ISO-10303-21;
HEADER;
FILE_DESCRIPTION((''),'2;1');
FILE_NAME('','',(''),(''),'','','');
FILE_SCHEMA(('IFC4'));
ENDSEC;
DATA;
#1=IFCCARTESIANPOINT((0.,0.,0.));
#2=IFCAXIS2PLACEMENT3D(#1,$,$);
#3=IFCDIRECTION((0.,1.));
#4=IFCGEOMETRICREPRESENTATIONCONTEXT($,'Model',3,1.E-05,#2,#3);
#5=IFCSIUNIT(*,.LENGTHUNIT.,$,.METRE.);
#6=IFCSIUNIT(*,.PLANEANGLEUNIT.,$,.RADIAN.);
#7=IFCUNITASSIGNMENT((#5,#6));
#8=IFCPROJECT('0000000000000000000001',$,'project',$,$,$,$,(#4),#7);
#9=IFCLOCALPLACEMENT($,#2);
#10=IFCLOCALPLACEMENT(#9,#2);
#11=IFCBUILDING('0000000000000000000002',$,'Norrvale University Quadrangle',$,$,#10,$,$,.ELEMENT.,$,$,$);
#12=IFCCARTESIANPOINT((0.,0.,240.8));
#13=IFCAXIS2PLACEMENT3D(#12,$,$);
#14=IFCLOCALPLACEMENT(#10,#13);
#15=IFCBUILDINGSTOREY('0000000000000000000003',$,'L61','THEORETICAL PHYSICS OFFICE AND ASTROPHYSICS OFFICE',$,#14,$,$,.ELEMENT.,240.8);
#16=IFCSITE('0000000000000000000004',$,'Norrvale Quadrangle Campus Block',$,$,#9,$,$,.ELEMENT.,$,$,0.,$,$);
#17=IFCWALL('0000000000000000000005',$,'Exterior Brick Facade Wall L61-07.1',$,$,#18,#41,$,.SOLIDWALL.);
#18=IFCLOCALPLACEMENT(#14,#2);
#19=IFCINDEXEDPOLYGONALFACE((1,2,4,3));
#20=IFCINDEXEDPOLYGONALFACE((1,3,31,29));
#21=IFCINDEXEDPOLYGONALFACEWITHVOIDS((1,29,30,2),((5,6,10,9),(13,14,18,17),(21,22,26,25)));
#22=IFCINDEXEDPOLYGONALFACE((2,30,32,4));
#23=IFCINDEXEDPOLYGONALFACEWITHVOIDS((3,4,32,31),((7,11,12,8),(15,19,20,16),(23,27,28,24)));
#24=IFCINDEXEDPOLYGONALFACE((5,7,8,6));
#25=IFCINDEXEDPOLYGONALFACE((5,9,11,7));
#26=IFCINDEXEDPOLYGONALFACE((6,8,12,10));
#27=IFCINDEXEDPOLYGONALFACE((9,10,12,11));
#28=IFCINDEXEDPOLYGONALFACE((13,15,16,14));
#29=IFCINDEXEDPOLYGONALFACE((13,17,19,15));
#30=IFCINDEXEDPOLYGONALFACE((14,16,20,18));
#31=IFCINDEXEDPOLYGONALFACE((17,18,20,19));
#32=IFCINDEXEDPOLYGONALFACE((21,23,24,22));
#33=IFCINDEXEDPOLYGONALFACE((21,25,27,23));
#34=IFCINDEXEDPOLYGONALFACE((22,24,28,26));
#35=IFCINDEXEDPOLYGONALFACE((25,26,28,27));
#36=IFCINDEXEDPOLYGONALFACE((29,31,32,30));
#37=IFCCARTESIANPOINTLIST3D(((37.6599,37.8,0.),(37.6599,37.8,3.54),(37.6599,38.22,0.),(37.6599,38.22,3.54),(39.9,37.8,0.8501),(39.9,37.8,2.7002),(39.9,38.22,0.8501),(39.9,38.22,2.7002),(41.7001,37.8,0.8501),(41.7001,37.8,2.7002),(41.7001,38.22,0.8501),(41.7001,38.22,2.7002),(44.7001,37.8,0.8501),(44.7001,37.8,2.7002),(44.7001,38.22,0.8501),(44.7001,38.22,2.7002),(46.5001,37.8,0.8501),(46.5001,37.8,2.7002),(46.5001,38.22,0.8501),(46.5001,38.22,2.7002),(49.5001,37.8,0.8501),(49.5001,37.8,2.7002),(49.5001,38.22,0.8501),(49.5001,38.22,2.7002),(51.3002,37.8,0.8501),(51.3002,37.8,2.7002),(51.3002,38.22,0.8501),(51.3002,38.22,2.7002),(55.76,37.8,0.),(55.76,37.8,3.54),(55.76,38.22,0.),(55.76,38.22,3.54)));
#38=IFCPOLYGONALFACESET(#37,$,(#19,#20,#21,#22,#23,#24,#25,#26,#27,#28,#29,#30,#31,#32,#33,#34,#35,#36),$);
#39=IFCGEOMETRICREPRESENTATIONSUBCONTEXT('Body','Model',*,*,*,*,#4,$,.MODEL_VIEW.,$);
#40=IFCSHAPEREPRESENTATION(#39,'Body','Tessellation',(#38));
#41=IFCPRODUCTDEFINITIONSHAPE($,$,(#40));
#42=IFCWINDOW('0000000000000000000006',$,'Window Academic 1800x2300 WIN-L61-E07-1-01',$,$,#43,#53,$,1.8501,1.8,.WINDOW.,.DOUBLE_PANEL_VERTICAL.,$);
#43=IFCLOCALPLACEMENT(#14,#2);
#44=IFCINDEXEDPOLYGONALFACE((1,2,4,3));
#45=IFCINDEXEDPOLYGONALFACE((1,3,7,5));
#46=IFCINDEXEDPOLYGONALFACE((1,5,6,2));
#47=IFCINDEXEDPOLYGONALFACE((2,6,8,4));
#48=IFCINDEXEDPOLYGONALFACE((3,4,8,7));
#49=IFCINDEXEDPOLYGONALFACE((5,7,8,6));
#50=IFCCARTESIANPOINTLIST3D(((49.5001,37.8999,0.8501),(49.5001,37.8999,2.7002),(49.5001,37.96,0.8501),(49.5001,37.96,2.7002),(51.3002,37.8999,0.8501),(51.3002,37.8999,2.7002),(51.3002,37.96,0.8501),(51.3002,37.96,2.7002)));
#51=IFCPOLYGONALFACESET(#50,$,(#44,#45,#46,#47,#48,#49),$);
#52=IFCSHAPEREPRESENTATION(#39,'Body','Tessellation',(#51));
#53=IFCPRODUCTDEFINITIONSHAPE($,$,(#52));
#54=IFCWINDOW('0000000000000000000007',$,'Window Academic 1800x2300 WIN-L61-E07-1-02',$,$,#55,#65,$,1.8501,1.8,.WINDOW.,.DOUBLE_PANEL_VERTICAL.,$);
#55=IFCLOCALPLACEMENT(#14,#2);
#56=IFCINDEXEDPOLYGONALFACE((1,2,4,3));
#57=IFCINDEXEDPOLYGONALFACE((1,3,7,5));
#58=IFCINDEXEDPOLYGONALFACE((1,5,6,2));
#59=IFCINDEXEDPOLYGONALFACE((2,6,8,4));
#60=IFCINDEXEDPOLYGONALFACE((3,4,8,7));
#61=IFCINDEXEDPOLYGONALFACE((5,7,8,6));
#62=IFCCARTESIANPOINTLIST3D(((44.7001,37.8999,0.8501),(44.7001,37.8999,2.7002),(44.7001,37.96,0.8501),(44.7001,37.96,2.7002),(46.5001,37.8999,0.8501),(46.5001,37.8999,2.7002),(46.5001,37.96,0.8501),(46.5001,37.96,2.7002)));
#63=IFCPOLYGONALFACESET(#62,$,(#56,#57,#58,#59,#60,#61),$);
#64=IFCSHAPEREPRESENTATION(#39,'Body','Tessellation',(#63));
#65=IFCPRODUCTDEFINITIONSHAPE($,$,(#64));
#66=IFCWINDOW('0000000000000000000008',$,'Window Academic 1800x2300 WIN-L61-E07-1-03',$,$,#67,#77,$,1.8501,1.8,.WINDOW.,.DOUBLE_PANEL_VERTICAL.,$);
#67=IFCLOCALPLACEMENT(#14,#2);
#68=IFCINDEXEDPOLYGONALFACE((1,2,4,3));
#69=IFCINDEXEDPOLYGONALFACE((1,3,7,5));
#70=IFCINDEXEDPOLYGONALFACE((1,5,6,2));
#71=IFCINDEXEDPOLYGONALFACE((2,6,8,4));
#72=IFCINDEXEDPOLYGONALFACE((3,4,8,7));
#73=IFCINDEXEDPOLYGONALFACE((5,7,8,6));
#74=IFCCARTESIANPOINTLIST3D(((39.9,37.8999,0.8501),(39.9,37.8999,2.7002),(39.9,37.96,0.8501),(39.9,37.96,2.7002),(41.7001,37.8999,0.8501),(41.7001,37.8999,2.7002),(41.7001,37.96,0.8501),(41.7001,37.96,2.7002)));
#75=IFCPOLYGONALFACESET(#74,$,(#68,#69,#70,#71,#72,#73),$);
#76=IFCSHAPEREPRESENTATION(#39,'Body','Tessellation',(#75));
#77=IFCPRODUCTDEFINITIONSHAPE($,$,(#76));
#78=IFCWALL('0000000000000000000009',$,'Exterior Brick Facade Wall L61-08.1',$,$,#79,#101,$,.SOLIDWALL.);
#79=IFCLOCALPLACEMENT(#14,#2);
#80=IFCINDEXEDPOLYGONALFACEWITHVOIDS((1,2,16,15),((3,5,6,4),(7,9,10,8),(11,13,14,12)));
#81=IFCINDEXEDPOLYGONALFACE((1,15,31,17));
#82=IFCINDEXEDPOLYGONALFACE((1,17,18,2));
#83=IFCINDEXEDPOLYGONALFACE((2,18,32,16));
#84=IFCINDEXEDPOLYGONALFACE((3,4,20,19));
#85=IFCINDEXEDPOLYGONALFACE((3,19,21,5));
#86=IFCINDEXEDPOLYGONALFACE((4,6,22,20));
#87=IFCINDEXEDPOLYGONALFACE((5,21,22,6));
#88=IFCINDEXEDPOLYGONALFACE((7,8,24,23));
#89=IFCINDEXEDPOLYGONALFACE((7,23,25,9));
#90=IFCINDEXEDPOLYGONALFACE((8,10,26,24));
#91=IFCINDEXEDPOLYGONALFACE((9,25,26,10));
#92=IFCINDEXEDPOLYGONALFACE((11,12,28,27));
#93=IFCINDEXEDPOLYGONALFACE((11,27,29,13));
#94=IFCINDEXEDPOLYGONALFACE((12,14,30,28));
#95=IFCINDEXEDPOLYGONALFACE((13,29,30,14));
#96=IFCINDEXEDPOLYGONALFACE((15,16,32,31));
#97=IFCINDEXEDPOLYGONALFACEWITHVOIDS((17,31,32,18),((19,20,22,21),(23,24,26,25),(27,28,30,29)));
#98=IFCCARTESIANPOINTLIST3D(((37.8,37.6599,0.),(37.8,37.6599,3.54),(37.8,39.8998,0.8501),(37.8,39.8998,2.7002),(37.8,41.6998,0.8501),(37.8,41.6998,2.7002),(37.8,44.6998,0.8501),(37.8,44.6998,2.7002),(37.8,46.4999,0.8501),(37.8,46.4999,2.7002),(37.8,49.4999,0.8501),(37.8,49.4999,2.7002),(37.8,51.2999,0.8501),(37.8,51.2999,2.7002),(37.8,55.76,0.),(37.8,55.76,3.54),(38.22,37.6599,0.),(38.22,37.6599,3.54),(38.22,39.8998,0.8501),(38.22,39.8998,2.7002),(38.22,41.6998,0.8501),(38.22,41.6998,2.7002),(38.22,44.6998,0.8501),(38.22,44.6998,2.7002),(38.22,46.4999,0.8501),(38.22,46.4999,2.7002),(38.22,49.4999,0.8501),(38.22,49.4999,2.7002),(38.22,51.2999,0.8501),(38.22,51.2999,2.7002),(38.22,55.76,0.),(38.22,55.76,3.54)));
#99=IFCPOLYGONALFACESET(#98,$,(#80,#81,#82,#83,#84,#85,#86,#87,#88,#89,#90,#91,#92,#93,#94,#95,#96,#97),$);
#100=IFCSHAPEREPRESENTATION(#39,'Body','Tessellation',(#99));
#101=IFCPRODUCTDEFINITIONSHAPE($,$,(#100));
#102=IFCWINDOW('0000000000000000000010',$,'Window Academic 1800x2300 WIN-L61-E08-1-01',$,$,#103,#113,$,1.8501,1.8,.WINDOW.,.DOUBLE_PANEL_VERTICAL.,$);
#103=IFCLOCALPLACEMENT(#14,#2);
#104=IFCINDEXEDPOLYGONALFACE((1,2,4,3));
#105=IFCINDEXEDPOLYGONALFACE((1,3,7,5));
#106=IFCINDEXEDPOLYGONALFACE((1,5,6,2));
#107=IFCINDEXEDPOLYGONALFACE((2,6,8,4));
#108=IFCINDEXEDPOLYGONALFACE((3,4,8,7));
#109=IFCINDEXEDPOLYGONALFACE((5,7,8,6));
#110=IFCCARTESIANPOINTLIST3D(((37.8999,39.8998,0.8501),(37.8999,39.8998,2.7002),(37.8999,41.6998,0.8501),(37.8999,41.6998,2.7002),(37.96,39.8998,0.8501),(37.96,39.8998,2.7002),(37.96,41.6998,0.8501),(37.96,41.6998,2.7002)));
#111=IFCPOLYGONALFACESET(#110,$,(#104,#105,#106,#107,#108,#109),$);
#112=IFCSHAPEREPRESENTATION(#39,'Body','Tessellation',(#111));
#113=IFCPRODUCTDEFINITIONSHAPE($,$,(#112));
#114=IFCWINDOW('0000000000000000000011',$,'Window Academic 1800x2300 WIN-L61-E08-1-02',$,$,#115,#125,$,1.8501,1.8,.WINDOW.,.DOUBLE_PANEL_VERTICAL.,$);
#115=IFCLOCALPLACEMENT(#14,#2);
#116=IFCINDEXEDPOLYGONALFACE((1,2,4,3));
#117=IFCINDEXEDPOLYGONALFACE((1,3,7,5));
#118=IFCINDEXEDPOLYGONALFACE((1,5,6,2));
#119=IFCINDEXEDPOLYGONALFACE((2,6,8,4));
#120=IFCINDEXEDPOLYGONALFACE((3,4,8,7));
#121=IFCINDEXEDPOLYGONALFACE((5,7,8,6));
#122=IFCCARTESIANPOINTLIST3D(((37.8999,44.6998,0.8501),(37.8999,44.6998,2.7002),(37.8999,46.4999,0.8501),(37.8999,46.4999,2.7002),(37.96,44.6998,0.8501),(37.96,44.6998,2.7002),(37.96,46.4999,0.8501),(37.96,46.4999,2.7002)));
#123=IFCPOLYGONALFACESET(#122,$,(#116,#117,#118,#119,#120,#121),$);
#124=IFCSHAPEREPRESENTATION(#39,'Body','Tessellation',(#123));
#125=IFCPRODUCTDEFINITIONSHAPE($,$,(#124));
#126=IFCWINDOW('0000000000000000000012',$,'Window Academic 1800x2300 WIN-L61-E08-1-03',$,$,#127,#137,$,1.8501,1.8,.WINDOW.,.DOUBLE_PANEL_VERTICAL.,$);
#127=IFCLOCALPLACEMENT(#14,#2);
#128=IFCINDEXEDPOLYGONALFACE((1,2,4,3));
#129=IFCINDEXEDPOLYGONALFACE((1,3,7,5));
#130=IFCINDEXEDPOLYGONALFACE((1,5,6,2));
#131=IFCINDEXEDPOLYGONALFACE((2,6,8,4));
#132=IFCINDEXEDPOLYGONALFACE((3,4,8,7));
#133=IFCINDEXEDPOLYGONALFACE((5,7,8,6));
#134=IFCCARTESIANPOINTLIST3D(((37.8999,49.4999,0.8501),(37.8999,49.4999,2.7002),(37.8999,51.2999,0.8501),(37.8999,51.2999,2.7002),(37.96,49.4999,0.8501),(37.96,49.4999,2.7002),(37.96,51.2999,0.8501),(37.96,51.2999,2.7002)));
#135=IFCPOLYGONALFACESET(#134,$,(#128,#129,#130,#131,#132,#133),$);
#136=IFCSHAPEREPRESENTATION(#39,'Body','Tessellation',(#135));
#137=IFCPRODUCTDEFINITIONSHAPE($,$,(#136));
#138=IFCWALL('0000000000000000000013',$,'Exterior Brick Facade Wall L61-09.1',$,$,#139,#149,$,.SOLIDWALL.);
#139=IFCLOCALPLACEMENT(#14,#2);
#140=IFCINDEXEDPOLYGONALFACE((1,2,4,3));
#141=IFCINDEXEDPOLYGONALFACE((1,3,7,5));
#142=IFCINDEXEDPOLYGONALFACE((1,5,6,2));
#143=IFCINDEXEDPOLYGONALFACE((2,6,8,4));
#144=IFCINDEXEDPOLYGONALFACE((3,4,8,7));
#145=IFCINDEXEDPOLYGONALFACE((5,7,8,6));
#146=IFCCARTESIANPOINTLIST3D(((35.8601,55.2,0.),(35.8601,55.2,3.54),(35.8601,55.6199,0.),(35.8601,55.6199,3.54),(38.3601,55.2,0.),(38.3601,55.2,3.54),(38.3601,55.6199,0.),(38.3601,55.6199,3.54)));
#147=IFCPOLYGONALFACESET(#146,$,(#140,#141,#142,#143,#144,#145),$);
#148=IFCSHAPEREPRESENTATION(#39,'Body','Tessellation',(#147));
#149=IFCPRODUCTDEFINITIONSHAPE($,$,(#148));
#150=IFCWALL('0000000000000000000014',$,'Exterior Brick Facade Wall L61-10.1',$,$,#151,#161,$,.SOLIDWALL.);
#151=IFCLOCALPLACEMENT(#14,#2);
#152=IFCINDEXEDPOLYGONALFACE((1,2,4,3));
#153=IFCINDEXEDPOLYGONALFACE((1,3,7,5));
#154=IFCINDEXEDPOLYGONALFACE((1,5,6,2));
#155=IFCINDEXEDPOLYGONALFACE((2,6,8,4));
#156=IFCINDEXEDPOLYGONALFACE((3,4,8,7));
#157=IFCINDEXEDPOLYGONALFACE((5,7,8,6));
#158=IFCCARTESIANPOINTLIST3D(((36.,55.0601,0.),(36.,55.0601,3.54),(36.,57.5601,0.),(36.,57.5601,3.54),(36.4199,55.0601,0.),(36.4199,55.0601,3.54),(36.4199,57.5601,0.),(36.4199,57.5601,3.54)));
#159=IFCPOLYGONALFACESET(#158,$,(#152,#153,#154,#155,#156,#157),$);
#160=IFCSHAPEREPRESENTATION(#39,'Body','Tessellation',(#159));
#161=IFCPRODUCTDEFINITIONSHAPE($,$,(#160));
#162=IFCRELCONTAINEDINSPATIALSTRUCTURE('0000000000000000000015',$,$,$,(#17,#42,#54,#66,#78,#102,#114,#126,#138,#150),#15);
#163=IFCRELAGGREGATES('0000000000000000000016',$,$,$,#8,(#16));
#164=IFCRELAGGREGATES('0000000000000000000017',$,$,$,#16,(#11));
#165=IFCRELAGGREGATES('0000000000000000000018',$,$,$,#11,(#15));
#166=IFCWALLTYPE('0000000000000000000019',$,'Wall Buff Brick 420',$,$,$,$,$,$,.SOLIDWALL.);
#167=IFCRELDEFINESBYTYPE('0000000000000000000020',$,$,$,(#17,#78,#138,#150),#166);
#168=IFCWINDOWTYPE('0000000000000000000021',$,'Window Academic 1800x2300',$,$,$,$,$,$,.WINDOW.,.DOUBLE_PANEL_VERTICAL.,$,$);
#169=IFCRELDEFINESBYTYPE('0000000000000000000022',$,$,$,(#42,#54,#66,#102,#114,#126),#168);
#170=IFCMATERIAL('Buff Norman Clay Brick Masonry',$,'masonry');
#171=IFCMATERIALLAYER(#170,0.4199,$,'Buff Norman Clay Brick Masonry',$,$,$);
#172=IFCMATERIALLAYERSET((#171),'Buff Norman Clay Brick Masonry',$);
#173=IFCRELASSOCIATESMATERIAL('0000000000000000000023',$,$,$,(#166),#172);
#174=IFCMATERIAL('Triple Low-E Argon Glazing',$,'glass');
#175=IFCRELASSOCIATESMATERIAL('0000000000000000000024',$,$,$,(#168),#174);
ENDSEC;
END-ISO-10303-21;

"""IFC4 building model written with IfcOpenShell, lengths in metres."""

from ifc_helpers import new_model, si_unit, direction, frame, frame_2d, origin, place, context, subcontext, project, spatial, rectangle, extrude, material, layer, layer_set, type_object, element, fill, save


model = new_model("IFC4")

# Units and contexts
model_context = context("Model", 3, precision=1e-05, world=origin(), true_north=direction((0.0, 1.0)))
body_context = subcontext(model_context, "Body", "Model", "MODEL_VIEW")
ifc_project = project(units=[si_unit("LENGTHUNIT", "METRE"), si_unit("PLANEANGLEUNIT", "RADIAN")], contexts=[model_context])

# Site, building, storey
site_placement = place(None, origin())
site = spatial("IfcSite", under=ifc_project, at=site_placement, Name="Norrvale Quadrangle Campus Block", CompositionType="ELEMENT", RefElevation=0.0)
building_placement = place(site_placement, origin())
building = spatial("IfcBuilding", under=site, at=building_placement, Name="Norrvale University Quadrangle", CompositionType="ELEMENT")
storey_placement = place(building_placement, frame((0.0, 0.0, 240.8)))
storey = spatial("IfcBuildingStorey", under=building, at=storey_placement, Name="L61", Description="THEORETICAL PHYSICS OFFICE AND ASTROPHYSICS OFFICE", CompositionType="ELEMENT", Elevation=240.8)

# Shared definitions
ifc_material_1 = material(Name="Buff Norman Clay Brick Masonry", Category="masonry")
ifc_layer = layer(ifc_material_1, 0.4199, Name="Buff Norman Clay Brick Masonry")
ifc_layer_set = layer_set([ifc_layer], Name="Buff Norman Clay Brick Masonry")
wall_type = type_object("IfcWallType", Name="Wall Buff Brick 420", PredefinedType="SOLIDWALL", material=ifc_layer_set)

# Walls, openings, windows
wall_1_placement = place(storey_placement, frame((55.76, 38.01, 0.0), z_axis=(0.0, 0.0, 1.0), x_axis=(-1.0, 0.0, 0.0)))
wall_1 = element("IfcWall", 1, at=wall_1_placement, inside=storey, type_object=wall_type, Name="Exterior Brick Facade Wall L61-07.1", PredefinedType="SOLIDWALL", context=body_context, shape_type="SweptSolid", body=[
    extrude(rectangle(XDim=18.1001, YDim=0.4199, at=frame_2d((9.05, 0.0))), origin(), (0.0, 0.0, 1.0), 3.54),
])
opening_1_placement = place(wall_1_placement, frame((4.46, 0.0, 0.8501)))
opening_1 = element("IfcOpeningElement", 2, at=opening_1_placement, cuts=wall_1, PredefinedType="OPENING", context=body_context, shape_type="SweptSolid", body=[
    extrude(rectangle(XDim=1.8, YDim=1.8501, at=frame_2d((0.8999, 0.925))), frame((0.0, 0.2219, 0.0), z_axis=(0.0, -1.0, 0.0), x_axis=(1.0, 0.0, 0.0)), (0.0, 0.0, 1.0), 0.4438),
])
opening_2_placement = place(wall_1_placement, frame((9.26, 0.0, 0.8501)))
opening_2 = element("IfcOpeningElement", 3, at=opening_2_placement, cuts=wall_1, PredefinedType="OPENING", context=body_context, shape_type="SweptSolid", body=[
    extrude(rectangle(XDim=1.8, YDim=1.8501, at=frame_2d((0.8999, 0.925))), frame((0.0, 0.2219, 0.0), z_axis=(0.0, -1.0, 0.0), x_axis=(1.0, 0.0, 0.0)), (0.0, 0.0, 1.0), 0.4438),
])
opening_3_placement = place(wall_1_placement, frame((14.0601, 0.0, 0.8501)))
opening_3 = element("IfcOpeningElement", 4, at=opening_3_placement, cuts=wall_1, PredefinedType="OPENING", context=body_context, shape_type="SweptSolid", body=[
    extrude(rectangle(XDim=1.8, YDim=1.8501, at=frame_2d((0.8999, 0.925))), frame((0.0, 0.2219, 0.0), z_axis=(0.0, -1.0, 0.0), x_axis=(1.0, 0.0, 0.0)), (0.0, 0.0, 1.0), 0.4438),
])
ifc_material_2 = material(Name="Triple Low-E Argon Glazing", Category="glass")
window_type_1 = type_object("IfcWindowType", Name="Window Academic 1800x2300", PartitioningType="DOUBLE_PANEL_VERTICAL", PredefinedType="WINDOW", material=ifc_material_2)
window_1_placement = place(opening_1_placement, origin())
window_1 = element("IfcWindow", 5, at=window_1_placement, inside=storey, type_object=window_type_1, Name="Window Academic 1800x2300 WIN-L61-E07-1-01", OverallHeight=1.8501, OverallWidth=1.8, PartitioningType="DOUBLE_PANEL_VERTICAL", PredefinedType="WINDOW", context=body_context, shape_type="SweptSolid", body=[
    extrude(rectangle(XDim=1.8, YDim=1.8501, at=frame_2d((0.8999, 0.925))), frame((0.0, 0.1101, 0.0), z_axis=(0.0, -1.0, 0.0), x_axis=(1.0, 0.0, 0.0)), (0.0, 0.0, 1.0), 0.0601),
])
fill(opening_1, window_1)
window_2_placement = place(opening_2_placement, origin())
window_2 = element("IfcWindow", 6, at=window_2_placement, inside=storey, type_object=window_type_1, Name="Window Academic 1800x2300 WIN-L61-E07-1-02", OverallHeight=1.8501, OverallWidth=1.8, PartitioningType="DOUBLE_PANEL_VERTICAL", PredefinedType="WINDOW", context=body_context, shape_type="SweptSolid", body=[
    extrude(rectangle(XDim=1.8, YDim=1.8501, at=frame_2d((0.8999, 0.925))), frame((0.0, 0.1101, 0.0), z_axis=(0.0, -1.0, 0.0), x_axis=(1.0, 0.0, 0.0)), (0.0, 0.0, 1.0), 0.0601),
])
fill(opening_2, window_2)
window_3_placement = place(opening_3_placement, origin())
window_3 = element("IfcWindow", 7, at=window_3_placement, inside=storey, type_object=window_type_1, Name="Window Academic 1800x2300 WIN-L61-E07-1-03", OverallHeight=1.8501, OverallWidth=1.8, PartitioningType="DOUBLE_PANEL_VERTICAL", PredefinedType="WINDOW", context=body_context, shape_type="SweptSolid", body=[
    extrude(rectangle(XDim=1.8, YDim=1.8501, at=frame_2d((0.8999, 0.925))), frame((0.0, 0.1101, 0.0), z_axis=(0.0, -1.0, 0.0), x_axis=(1.0, 0.0, 0.0)), (0.0, 0.0, 1.0), 0.0601),
])
fill(opening_3, window_3)
wall_2_placement = place(storey_placement, frame((38.01, 37.6599, 0.0), z_axis=(0.0, 0.0, 1.0), x_axis=(0.0, 1.0, 0.0)))
wall_2 = element("IfcWall", 8, at=wall_2_placement, inside=storey, type_object=wall_type, Name="Exterior Brick Facade Wall L61-08.1", PredefinedType="SOLIDWALL", context=body_context, shape_type="SweptSolid", body=[
    extrude(rectangle(XDim=18.1001, YDim=0.4199, at=frame_2d((9.05, 0.0))), origin(), (0.0, 0.0, 1.0), 3.54),
])
opening_4_placement = place(wall_2_placement, frame((2.24, 0.0, 0.8501)))
opening_4 = element("IfcOpeningElement", 9, at=opening_4_placement, cuts=wall_2, PredefinedType="OPENING", context=body_context, shape_type="SweptSolid", body=[
    extrude(rectangle(XDim=1.8, YDim=1.8501, at=frame_2d((0.8999, 0.925))), frame((0.0, 0.2219, 0.0), z_axis=(0.0, -1.0, 0.0), x_axis=(1.0, 0.0, 0.0)), (0.0, 0.0, 1.0), 0.4438),
])
opening_5_placement = place(wall_2_placement, frame((7.04, 0.0, 0.8501)))
opening_5 = element("IfcOpeningElement", 10, at=opening_5_placement, cuts=wall_2, PredefinedType="OPENING", context=body_context, shape_type="SweptSolid", body=[
    extrude(rectangle(XDim=1.8, YDim=1.8501, at=frame_2d((0.8999, 0.925))), frame((0.0, 0.2219, 0.0), z_axis=(0.0, -1.0, 0.0), x_axis=(1.0, 0.0, 0.0)), (0.0, 0.0, 1.0), 0.4438),
])
opening_6_placement = place(wall_2_placement, frame((11.8401, 0.0, 0.8501)))
opening_6 = element("IfcOpeningElement", 11, at=opening_6_placement, cuts=wall_2, PredefinedType="OPENING", context=body_context, shape_type="SweptSolid", body=[
    extrude(rectangle(XDim=1.8, YDim=1.8501, at=frame_2d((0.8999, 0.925))), frame((0.0, 0.2219, 0.0), z_axis=(0.0, -1.0, 0.0), x_axis=(1.0, 0.0, 0.0)), (0.0, 0.0, 1.0), 0.4438),
])
window_4_placement = place(opening_4_placement, origin())
window_4 = element("IfcWindow", 12, at=window_4_placement, inside=storey, type_object=window_type_1, Name="Window Academic 1800x2300 WIN-L61-E08-1-01", OverallHeight=1.8501, OverallWidth=1.8, PartitioningType="DOUBLE_PANEL_VERTICAL", PredefinedType="WINDOW", context=body_context, shape_type="SweptSolid", body=[
    extrude(rectangle(XDim=1.8, YDim=1.8501, at=frame_2d((0.8999, 0.925))), frame((0.0, 0.1101, 0.0), z_axis=(0.0, -1.0, 0.0), x_axis=(1.0, 0.0, 0.0)), (0.0, 0.0, 1.0), 0.0601),
])
fill(opening_4, window_4)
window_5_placement = place(opening_5_placement, origin())
window_5 = element("IfcWindow", 13, at=window_5_placement, inside=storey, type_object=window_type_1, Name="Window Academic 1800x2300 WIN-L61-E08-1-02", OverallHeight=1.8501, OverallWidth=1.8, PartitioningType="DOUBLE_PANEL_VERTICAL", PredefinedType="WINDOW", context=body_context, shape_type="SweptSolid", body=[
    extrude(rectangle(XDim=1.8, YDim=1.8501, at=frame_2d((0.8999, 0.925))), frame((0.0, 0.1101, 0.0), z_axis=(0.0, -1.0, 0.0), x_axis=(1.0, 0.0, 0.0)), (0.0, 0.0, 1.0), 0.0601),
])
fill(opening_5, window_5)
window_6_placement = place(opening_6_placement, origin())
window_6 = element("IfcWindow", 14, at=window_6_placement, inside=storey, type_object=window_type_1, Name="Window Academic 1800x2300 WIN-L61-E08-1-03", OverallHeight=1.8501, OverallWidth=1.8, PartitioningType="DOUBLE_PANEL_VERTICAL", PredefinedType="WINDOW", context=body_context, shape_type="SweptSolid", body=[
    extrude(rectangle(XDim=1.8, YDim=1.8501, at=frame_2d((0.8999, 0.925))), frame((0.0, 0.1101, 0.0), z_axis=(0.0, -1.0, 0.0), x_axis=(1.0, 0.0, 0.0)), (0.0, 0.0, 1.0), 0.0601),
])
fill(opening_6, window_6)

# Walls
for number, where, z_axis, x_axis, name in (
    (15, (38.3601, 55.4099, 0.0), (0.0, 0.0, 1.0), (-1.0, 0.0, 0.0), "Exterior Brick Facade Wall L61-09.1"),
    (16, (36.21, 55.0601, 0.0), (0.0, 0.0, 1.0), (0.0, 1.0, 0.0), "Exterior Brick Facade Wall L61-10.1"),
):
    element("IfcWall", number, at=place(storey_placement, frame(where, z_axis=z_axis, x_axis=x_axis)), inside=storey, type_object=wall_type, Name=name, PredefinedType="SOLIDWALL", context=body_context, shape_type="SweptSolid", body=[
        extrude(rectangle(XDim=2.5, YDim=0.4199, at=frame_2d((1.25, 0.0))), origin(), (0.0, 0.0, 1.0), 3.54),
    ])

save(model, "model.ifc")
